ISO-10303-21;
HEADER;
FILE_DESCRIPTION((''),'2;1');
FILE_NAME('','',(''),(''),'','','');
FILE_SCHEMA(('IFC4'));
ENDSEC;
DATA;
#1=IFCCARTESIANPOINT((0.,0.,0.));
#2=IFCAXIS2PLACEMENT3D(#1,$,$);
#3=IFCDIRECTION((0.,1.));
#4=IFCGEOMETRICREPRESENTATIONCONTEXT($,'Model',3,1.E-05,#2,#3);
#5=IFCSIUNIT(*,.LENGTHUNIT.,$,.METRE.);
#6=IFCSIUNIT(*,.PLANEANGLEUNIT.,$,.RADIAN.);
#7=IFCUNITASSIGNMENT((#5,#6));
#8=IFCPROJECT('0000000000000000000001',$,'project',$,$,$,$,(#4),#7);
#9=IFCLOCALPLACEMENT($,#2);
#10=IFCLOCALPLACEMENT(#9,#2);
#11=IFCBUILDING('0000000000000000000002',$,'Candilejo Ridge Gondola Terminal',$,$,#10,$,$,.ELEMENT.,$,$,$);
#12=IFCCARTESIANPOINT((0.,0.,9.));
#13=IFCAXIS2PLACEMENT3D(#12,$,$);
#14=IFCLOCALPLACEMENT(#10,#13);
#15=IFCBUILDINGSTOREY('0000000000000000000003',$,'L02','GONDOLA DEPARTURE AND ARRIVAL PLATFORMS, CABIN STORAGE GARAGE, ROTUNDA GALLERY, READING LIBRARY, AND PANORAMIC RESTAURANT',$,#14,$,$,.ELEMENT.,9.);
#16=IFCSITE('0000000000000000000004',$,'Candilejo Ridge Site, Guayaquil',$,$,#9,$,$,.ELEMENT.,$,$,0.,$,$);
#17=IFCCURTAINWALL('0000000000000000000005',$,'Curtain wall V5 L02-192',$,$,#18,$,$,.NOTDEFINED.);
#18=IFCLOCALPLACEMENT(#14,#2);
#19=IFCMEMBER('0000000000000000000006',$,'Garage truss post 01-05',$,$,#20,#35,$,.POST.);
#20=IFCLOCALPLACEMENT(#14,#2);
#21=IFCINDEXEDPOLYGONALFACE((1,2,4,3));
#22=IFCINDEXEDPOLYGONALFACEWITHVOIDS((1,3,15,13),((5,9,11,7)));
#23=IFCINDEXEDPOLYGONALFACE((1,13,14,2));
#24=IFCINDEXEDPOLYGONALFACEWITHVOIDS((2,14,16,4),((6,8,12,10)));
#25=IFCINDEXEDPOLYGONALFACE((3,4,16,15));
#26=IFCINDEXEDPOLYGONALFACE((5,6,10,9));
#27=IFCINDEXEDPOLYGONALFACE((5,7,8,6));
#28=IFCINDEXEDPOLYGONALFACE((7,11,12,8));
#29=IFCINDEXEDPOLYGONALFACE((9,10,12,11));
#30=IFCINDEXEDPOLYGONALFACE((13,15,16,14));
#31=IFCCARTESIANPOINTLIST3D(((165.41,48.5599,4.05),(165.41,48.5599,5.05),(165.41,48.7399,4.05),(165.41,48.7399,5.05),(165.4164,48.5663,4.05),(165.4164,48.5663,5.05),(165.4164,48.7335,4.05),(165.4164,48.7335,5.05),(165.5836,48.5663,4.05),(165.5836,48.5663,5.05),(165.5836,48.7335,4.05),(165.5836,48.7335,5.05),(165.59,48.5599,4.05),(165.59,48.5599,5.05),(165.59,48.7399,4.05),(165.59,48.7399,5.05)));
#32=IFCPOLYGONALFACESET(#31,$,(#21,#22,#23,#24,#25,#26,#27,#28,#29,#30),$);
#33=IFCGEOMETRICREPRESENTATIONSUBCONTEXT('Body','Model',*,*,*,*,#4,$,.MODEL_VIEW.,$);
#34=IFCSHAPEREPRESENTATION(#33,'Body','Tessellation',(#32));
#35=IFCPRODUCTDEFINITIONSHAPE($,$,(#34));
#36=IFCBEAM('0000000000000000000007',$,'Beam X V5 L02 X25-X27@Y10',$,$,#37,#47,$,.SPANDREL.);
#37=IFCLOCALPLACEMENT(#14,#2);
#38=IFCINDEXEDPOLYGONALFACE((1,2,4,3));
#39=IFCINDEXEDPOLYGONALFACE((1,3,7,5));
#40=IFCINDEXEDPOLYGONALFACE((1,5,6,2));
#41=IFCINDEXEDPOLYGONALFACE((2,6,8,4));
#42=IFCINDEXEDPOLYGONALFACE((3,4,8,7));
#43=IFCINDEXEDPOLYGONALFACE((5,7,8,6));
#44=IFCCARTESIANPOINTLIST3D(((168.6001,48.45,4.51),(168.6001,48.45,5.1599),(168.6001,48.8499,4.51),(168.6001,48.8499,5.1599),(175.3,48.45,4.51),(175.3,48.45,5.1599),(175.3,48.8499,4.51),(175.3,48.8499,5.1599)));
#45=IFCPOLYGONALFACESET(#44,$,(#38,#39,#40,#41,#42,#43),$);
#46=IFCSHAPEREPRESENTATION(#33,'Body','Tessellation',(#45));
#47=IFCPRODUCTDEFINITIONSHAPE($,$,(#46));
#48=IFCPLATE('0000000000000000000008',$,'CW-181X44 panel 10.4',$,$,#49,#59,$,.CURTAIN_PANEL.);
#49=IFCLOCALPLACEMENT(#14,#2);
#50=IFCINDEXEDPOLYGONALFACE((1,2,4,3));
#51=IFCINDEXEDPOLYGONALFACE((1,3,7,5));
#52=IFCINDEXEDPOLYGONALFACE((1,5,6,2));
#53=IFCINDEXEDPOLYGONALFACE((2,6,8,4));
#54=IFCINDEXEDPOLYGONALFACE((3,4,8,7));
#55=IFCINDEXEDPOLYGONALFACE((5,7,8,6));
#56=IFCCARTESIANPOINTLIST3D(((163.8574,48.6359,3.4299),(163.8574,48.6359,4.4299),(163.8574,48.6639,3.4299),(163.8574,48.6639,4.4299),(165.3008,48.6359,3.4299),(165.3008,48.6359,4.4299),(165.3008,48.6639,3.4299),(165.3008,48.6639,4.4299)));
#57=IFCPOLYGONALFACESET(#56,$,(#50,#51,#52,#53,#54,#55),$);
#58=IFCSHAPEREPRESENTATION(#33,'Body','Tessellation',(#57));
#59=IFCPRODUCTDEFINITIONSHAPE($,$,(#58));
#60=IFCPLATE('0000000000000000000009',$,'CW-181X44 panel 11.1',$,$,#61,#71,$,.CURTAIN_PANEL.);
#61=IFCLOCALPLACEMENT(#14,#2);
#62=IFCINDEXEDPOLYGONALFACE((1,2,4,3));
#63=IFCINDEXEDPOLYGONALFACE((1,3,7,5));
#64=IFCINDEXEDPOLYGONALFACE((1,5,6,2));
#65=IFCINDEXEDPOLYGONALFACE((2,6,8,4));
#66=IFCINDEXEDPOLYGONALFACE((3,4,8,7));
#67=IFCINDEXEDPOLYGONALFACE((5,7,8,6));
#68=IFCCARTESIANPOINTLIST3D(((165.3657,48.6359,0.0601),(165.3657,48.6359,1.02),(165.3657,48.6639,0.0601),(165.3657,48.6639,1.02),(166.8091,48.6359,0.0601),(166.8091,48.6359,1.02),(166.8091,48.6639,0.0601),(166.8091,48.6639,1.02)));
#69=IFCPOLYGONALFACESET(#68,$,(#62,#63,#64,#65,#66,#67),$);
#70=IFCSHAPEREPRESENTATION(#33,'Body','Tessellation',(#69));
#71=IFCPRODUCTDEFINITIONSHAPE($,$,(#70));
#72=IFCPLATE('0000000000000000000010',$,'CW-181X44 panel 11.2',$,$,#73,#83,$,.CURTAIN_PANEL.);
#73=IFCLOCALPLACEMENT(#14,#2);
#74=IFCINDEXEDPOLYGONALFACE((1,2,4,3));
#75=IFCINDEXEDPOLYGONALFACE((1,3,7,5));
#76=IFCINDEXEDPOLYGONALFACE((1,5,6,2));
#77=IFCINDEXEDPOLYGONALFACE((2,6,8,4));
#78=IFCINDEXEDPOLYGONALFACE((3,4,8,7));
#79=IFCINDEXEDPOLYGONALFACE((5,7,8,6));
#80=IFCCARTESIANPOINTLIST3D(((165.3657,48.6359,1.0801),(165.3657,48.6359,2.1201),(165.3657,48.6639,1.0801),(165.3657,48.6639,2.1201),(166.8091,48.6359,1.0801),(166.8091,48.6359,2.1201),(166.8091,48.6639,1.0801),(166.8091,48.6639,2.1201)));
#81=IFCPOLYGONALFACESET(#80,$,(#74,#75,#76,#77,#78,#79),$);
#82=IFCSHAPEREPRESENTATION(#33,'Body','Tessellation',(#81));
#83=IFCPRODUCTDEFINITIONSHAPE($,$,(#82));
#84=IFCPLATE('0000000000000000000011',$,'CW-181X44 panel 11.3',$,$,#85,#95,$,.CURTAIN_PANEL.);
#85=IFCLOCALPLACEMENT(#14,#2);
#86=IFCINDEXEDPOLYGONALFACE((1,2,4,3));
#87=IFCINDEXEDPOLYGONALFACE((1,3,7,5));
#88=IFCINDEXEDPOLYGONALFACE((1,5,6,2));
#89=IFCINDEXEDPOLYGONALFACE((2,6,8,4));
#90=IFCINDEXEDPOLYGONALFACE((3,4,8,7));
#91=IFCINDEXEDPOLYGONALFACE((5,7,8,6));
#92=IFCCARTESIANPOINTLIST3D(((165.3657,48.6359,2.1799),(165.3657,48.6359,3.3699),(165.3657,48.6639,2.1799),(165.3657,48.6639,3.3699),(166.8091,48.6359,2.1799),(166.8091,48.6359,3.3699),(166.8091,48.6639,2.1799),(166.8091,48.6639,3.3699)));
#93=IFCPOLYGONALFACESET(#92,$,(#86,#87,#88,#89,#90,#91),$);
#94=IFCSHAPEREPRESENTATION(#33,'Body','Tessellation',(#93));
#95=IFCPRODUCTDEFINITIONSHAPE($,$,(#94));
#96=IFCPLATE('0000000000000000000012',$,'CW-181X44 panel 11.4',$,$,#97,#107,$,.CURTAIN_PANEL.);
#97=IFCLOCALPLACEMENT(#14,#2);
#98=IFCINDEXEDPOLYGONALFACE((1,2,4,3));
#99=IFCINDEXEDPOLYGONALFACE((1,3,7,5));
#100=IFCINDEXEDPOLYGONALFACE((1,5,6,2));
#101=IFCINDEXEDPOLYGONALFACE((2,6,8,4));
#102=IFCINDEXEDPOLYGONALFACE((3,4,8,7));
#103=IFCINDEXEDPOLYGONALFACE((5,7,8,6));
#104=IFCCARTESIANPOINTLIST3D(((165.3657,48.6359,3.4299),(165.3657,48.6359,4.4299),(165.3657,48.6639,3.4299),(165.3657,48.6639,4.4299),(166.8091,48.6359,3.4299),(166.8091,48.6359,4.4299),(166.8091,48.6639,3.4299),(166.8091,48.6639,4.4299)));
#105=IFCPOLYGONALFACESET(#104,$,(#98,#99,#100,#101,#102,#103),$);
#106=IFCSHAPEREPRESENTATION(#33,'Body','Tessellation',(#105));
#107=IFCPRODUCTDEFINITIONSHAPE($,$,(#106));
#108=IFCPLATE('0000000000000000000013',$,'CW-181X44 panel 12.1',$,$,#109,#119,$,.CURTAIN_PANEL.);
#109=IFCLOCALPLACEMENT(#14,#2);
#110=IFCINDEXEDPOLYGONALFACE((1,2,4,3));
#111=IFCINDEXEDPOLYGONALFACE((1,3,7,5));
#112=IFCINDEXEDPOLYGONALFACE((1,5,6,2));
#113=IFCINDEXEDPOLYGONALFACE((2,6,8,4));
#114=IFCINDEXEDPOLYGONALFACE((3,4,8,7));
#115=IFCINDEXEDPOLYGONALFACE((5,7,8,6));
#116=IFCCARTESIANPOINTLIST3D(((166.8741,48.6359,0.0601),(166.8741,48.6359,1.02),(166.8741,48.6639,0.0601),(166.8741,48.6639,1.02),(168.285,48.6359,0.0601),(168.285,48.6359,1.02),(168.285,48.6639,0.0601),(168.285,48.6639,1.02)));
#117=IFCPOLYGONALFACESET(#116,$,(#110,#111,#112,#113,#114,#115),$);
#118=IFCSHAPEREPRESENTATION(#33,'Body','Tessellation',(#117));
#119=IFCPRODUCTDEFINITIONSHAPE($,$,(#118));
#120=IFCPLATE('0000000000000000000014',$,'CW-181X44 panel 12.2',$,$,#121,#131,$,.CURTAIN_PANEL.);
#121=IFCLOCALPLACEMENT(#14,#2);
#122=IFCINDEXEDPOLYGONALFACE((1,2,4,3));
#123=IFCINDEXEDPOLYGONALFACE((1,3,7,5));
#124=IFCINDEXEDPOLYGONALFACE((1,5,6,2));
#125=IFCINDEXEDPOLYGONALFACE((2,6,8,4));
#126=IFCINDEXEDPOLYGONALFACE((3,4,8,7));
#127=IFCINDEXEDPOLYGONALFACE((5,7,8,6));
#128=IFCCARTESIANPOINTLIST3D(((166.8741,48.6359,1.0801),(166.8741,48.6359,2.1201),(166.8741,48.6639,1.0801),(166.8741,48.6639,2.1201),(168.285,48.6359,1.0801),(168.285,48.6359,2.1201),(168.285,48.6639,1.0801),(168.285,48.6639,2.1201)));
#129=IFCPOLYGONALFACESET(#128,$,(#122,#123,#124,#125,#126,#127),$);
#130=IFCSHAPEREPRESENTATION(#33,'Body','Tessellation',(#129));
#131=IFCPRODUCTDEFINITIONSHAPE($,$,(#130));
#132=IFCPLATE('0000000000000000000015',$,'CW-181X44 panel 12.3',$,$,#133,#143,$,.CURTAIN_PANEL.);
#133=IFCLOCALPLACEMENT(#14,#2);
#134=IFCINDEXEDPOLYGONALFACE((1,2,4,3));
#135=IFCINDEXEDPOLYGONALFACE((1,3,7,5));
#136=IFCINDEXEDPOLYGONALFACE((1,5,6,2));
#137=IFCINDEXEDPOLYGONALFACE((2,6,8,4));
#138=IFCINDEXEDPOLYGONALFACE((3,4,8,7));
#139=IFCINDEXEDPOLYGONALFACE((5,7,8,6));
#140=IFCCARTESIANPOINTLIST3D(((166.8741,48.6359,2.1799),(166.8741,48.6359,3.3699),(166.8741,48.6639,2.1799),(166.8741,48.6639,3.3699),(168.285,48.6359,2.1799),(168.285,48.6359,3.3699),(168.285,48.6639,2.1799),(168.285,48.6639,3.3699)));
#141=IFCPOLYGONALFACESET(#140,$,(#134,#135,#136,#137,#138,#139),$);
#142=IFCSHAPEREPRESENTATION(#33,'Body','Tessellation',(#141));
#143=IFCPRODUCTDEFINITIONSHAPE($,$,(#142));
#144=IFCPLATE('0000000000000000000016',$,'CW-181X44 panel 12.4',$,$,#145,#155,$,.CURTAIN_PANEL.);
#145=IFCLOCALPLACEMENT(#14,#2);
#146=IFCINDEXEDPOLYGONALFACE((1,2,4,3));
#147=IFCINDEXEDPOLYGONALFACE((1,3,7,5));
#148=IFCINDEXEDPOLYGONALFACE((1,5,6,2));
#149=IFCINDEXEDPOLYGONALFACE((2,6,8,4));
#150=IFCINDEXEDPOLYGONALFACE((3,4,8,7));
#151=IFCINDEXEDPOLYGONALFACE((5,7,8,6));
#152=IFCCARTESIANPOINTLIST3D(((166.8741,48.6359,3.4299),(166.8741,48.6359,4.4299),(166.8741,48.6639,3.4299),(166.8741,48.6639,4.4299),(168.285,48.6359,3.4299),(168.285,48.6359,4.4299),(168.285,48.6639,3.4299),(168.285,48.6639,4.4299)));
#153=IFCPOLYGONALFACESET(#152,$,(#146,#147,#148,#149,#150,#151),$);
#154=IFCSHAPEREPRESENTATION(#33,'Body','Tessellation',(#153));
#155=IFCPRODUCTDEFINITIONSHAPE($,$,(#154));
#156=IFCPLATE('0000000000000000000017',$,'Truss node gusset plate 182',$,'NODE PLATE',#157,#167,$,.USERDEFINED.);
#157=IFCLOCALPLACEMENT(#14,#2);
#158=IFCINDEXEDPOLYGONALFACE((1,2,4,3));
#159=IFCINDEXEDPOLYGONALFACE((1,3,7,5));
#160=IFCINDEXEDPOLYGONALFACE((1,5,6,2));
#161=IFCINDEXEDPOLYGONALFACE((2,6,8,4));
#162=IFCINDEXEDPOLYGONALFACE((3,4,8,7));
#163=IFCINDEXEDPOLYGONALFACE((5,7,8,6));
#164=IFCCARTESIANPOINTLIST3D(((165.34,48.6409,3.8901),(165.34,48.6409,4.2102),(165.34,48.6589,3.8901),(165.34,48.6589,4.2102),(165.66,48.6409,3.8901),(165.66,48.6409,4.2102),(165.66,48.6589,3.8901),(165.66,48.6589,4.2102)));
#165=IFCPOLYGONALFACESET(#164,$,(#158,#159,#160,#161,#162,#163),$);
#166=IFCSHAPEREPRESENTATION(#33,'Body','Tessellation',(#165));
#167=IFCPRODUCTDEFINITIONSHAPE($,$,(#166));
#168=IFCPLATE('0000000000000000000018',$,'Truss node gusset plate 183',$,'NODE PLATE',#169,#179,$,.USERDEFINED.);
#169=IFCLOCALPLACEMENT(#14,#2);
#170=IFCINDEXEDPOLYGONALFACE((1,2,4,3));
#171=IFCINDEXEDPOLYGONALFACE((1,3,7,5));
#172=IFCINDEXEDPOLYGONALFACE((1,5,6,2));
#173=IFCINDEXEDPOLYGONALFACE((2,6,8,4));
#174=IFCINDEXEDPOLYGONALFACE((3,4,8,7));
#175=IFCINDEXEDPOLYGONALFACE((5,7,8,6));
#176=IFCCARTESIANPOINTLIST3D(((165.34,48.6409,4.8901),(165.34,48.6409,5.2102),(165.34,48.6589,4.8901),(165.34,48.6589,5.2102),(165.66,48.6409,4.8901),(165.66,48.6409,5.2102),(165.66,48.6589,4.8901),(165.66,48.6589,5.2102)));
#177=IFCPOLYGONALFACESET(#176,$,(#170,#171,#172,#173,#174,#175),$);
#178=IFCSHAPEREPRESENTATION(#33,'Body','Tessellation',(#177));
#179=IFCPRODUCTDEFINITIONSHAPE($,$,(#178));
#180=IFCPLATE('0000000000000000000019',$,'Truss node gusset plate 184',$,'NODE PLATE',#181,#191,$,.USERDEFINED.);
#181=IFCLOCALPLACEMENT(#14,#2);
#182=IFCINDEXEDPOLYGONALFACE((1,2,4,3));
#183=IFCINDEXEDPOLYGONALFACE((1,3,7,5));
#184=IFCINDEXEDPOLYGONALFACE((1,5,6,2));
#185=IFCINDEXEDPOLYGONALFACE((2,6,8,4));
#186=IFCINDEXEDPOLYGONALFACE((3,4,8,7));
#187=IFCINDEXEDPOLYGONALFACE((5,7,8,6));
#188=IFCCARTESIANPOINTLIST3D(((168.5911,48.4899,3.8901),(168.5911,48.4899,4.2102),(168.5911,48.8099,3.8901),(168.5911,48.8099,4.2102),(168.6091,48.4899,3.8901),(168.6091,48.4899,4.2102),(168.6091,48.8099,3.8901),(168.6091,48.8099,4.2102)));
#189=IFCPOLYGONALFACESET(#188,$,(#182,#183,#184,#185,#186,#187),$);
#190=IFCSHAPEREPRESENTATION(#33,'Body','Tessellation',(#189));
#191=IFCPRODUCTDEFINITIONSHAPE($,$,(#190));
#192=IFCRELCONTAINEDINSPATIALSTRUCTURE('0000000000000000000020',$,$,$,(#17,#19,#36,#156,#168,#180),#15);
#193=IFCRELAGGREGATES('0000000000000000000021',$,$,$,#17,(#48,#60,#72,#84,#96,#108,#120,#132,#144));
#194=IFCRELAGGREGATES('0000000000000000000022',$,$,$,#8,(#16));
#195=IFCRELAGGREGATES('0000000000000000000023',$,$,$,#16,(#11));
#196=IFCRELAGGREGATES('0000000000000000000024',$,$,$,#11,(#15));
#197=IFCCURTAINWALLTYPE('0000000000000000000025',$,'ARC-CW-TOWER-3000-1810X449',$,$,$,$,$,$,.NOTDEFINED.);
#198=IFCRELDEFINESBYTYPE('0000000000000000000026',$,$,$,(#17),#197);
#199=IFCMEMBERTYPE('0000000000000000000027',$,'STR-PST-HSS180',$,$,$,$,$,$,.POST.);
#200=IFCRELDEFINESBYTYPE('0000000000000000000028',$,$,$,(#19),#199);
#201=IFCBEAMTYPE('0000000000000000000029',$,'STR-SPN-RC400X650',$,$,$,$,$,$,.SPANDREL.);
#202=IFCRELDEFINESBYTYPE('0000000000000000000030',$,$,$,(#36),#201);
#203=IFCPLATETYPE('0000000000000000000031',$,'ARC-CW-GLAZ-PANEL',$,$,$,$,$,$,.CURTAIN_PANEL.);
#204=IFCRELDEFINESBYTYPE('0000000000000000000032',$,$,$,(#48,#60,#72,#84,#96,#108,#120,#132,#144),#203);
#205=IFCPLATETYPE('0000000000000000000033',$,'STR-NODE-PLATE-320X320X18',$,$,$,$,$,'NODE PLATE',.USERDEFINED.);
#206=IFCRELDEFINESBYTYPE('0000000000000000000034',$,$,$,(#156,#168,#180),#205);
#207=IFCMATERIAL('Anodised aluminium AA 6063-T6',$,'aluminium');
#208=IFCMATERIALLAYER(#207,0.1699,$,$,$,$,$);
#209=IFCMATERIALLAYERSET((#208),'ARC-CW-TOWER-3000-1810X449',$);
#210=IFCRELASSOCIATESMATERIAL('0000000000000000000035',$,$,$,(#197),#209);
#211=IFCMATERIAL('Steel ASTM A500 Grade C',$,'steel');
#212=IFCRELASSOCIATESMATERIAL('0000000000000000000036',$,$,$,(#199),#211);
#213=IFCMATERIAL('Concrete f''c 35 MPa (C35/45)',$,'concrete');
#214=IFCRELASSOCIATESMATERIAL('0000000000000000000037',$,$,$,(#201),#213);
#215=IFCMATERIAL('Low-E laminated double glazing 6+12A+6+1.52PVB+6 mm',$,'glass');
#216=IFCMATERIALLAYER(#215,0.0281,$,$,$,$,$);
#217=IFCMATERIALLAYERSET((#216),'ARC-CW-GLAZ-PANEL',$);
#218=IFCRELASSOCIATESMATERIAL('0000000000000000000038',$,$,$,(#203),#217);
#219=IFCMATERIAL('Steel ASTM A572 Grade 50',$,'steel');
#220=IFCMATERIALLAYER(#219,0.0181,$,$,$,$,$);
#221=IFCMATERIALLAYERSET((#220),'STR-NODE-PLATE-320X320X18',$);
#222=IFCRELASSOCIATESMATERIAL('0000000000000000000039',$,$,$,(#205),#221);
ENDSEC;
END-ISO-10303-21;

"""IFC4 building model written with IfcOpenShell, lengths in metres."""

from ifc_helpers import new_model, si_unit, direction, frame, origin, origin_2d, place, context, subcontext, project, spatial, rectangle, hollow_rectangle, extrude, material, layer, layer_set, material_profile, profile_set, type_object, element, aggregate, save


model = new_model("IFC4")

# Units and contexts
model_context = context("Model", 3, precision=1e-05, world=origin(), true_north=direction((0.0, 1.0)))
body_context = subcontext(model_context, "Body", "Model", "MODEL_VIEW")
ifc_project = project(units=[si_unit("LENGTHUNIT", "METRE"), si_unit("PLANEANGLEUNIT", "RADIAN")], contexts=[model_context])

# Site, building, storey
site_placement = place(None, origin())
site = spatial("IfcSite", under=ifc_project, at=site_placement, Name="Candilejo Ridge Site, Guayaquil", CompositionType="ELEMENT", RefElevation=0.0)
building_placement = place(site_placement, origin())
building = spatial("IfcBuilding", under=site, at=building_placement, Name="Candilejo Ridge Gondola Terminal", CompositionType="ELEMENT")
storey_placement = place(building_placement, frame((0.0, 0.0, 9.0)))
storey = spatial("IfcBuildingStorey", under=building, at=storey_placement, Name="L02", Description="GONDOLA DEPARTURE AND ARRIVAL PLATFORMS, CABIN STORAGE GARAGE, ROTUNDA GALLERY, READING LIBRARY, AND PANORAMIC RESTAURANT", CompositionType="ELEMENT", Elevation=9.0)

# Curtain wall
ifc_material_1 = material(Name="Anodised aluminium AA 6063-T6", Category="aluminium")
ifc_layer_1 = layer(ifc_material_1, 0.1699)
ifc_layer_set_1 = layer_set([ifc_layer_1], Name="ARC-CW-TOWER-3000-1810X449")
curtain_wall_type_1 = type_object("IfcCurtainWallType", Name="ARC-CW-TOWER-3000-1810X449", PredefinedType="NOTDEFINED", material=ifc_layer_set_1)
curtain_wall_1_placement = place(storey_placement, origin())
curtain_wall_1 = element("IfcCurtainWall", 1, at=curtain_wall_1_placement, inside=storey, type_object=curtain_wall_type_1, Name="Curtain wall V5 L02-192", PredefinedType="NOTDEFINED")

# Member
ifc_material_2 = material(Name="Steel ASTM A500 Grade C", Category="steel")
ifc_material_profile_1 = material_profile(ifc_material_2, hollow_rectangle(XDim=0.1799, YDim=0.1799, WallThickness=0.0063, at=origin_2d()))
ifc_profile_set_1 = profile_set([ifc_material_profile_1], Name="Steel ASTM A500 Grade C")
member_type_1 = type_object("IfcMemberType", Name="STR-PST-HSS180", PredefinedType="POST", material=ifc_profile_set_1)
member_1_placement = place(storey_placement, frame((165.5, 48.6499, 4.05), z_axis=(0.0, 0.0, 1.0), x_axis=(1.0, 0.0, 0.0)))
element("IfcMember", 2, at=member_1_placement, inside=storey, type_object=member_type_1, Name="Garage truss post 01-05", PredefinedType="POST", context=body_context, shape_type="SweptSolid", body=[
    extrude(hollow_rectangle(XDim=0.1799, YDim=0.1799, WallThickness=0.0063, at=origin_2d()), origin(), (0.0, 0.0, 1.0), 1.0),
])

# Beam
ifc_material_3 = material(Name="Concrete f'c 35 MPa (C35/45)", Category="concrete")
ifc_material_profile_2 = material_profile(ifc_material_3, rectangle(XDim=0.3999, YDim=0.6499, at=origin_2d()))
ifc_profile_set_2 = profile_set([ifc_material_profile_2], Name="Concrete f'c 35 MPa (C35/45)")
beam_type_1 = type_object("IfcBeamType", Name="STR-SPN-RC400X650", PredefinedType="SPANDREL", material=ifc_profile_set_2)
beam_1_placement = place(storey_placement, frame((168.6001, 48.6499, 4.835), z_axis=(1.0, 0.0, 0.0), x_axis=(0.0, 1.0, 0.0)))
element("IfcBeam", 3, at=beam_1_placement, inside=storey, type_object=beam_type_1, Name="Beam X V5 L02 X25-X27@Y10", PredefinedType="SPANDREL", context=body_context, shape_type="SweptSolid", body=[
    extrude(rectangle(XDim=0.3999, YDim=0.6499, at=origin_2d()), origin(), (0.0, 0.0, 1.0), 6.7),
])

# Plates
ifc_material_4 = material(Name="Low-E laminated double glazing 6+12A+6+1.52PVB+6 mm", Category="glass")
ifc_layer_2 = layer(ifc_material_4, 0.0281)
ifc_layer_set_2 = layer_set([ifc_layer_2], Name="ARC-CW-GLAZ-PANEL")
plate_type_1 = type_object("IfcPlateType", Name="ARC-CW-GLAZ-PANEL", PredefinedType="CURTAIN_PANEL", material=ifc_layer_set_2)
plate_1_placement = place(storey_placement, frame((164.5791, 48.6499, 3.4299), z_axis=(0.0, 0.0, 1.0), x_axis=(1.0, 0.0, 0.0)))
plate_1 = element("IfcPlate", 4, at=plate_1_placement, type_object=plate_type_1, Name="CW-181X44 panel 10.4", PredefinedType="CURTAIN_PANEL", context=body_context, shape_type="SweptSolid", body=[
    extrude(rectangle(XDim=1.4434, YDim=0.0281, at=origin_2d()), origin(), (0.0, 0.0, 1.0), 1.0),
])
plate_2_placement = place(storey_placement, frame((166.0874, 48.6499, 0.0601), z_axis=(0.0, 0.0, 1.0), x_axis=(1.0, 0.0, 0.0)))
plate_2 = element("IfcPlate", 5, at=plate_2_placement, type_object=plate_type_1, Name="CW-181X44 panel 11.1", PredefinedType="CURTAIN_PANEL", context=body_context, shape_type="SweptSolid", body=[
    extrude(rectangle(XDim=1.4434, YDim=0.0281, at=origin_2d()), origin(), (0.0, 0.0, 1.0), 0.96),
])
plate_3_placement = place(storey_placement, frame((166.0874, 48.6499, 1.0801), z_axis=(0.0, 0.0, 1.0), x_axis=(1.0, 0.0, 0.0)))
plate_3 = element("IfcPlate", 6, at=plate_3_placement, type_object=plate_type_1, Name="CW-181X44 panel 11.2", PredefinedType="CURTAIN_PANEL", context=body_context, shape_type="SweptSolid", body=[
    extrude(rectangle(XDim=1.4434, YDim=0.0281, at=origin_2d()), origin(), (0.0, 0.0, 1.0), 1.04),
])
plate_4_placement = place(storey_placement, frame((166.0874, 48.6499, 2.1799), z_axis=(0.0, 0.0, 1.0), x_axis=(1.0, 0.0, 0.0)))
plate_4 = element("IfcPlate", 7, at=plate_4_placement, type_object=plate_type_1, Name="CW-181X44 panel 11.3", PredefinedType="CURTAIN_PANEL", context=body_context, shape_type="SweptSolid", body=[
    extrude(rectangle(XDim=1.4434, YDim=0.0281, at=origin_2d()), origin(), (0.0, 0.0, 1.0), 1.1899),
])
plate_5_placement = place(storey_placement, frame((166.0874, 48.6499, 3.4299), z_axis=(0.0, 0.0, 1.0), x_axis=(1.0, 0.0, 0.0)))
plate_5 = element("IfcPlate", 8, at=plate_5_placement, type_object=plate_type_1, Name="CW-181X44 panel 11.4", PredefinedType="CURTAIN_PANEL", context=body_context, shape_type="SweptSolid", body=[
    extrude(rectangle(XDim=1.4434, YDim=0.0281, at=origin_2d()), origin(), (0.0, 0.0, 1.0), 1.0),
])
plate_6_placement = place(storey_placement, frame((167.5796, 48.6499, 0.0601), z_axis=(0.0, 0.0, 1.0), x_axis=(1.0, 0.0, 0.0)))
plate_6 = element("IfcPlate", 9, at=plate_6_placement, type_object=plate_type_1, Name="CW-181X44 panel 12.1", PredefinedType="CURTAIN_PANEL", context=body_context, shape_type="SweptSolid", body=[
    extrude(rectangle(XDim=1.4109, YDim=0.0281, at=origin_2d()), origin(), (0.0, 0.0, 1.0), 0.96),
])
plate_7_placement = place(storey_placement, frame((167.5796, 48.6499, 1.0801), z_axis=(0.0, 0.0, 1.0), x_axis=(1.0, 0.0, 0.0)))
plate_7 = element("IfcPlate", 10, at=plate_7_placement, type_object=plate_type_1, Name="CW-181X44 panel 12.2", PredefinedType="CURTAIN_PANEL", context=body_context, shape_type="SweptSolid", body=[
    extrude(rectangle(XDim=1.4109, YDim=0.0281, at=origin_2d()), origin(), (0.0, 0.0, 1.0), 1.04),
])
plate_8_placement = place(storey_placement, frame((167.5796, 48.6499, 2.1799), z_axis=(0.0, 0.0, 1.0), x_axis=(1.0, 0.0, 0.0)))
plate_8 = element("IfcPlate", 11, at=plate_8_placement, type_object=plate_type_1, Name="CW-181X44 panel 12.3", PredefinedType="CURTAIN_PANEL", context=body_context, shape_type="SweptSolid", body=[
    extrude(rectangle(XDim=1.4109, YDim=0.0281, at=origin_2d()), origin(), (0.0, 0.0, 1.0), 1.1899),
])
plate_9_placement = place(storey_placement, frame((167.5796, 48.6499, 3.4299), z_axis=(0.0, 0.0, 1.0), x_axis=(1.0, 0.0, 0.0)))
plate_9 = element("IfcPlate", 12, at=plate_9_placement, type_object=plate_type_1, Name="CW-181X44 panel 12.4", PredefinedType="CURTAIN_PANEL", context=body_context, shape_type="SweptSolid", body=[
    extrude(rectangle(XDim=1.4109, YDim=0.0281, at=origin_2d()), origin(), (0.0, 0.0, 1.0), 1.0),
])
aggregate(curtain_wall_1, [plate_1, plate_2, plate_3, plate_4, plate_5, plate_6, plate_7, plate_8, plate_9])

# Plates
ifc_material_5 = material(Name="Steel ASTM A572 Grade 50", Category="steel")
ifc_layer_3 = layer(ifc_material_5, 0.0181)
ifc_layer_set_3 = layer_set([ifc_layer_3], Name="STR-NODE-PLATE-320X320X18")
plate_type_2 = type_object("IfcPlateType", Name="STR-NODE-PLATE-320X320X18", ElementType="NODE PLATE", PredefinedType="USERDEFINED", material=ifc_layer_set_3)
for number, where, z_axis, x_axis, name in (
    (13, (165.5, 48.6499, 3.8901), (0.0, 0.0, 1.0), (1.0, 0.0, 0.0), "Truss node gusset plate 182"),
    (14, (165.5, 48.6499, 4.8901), (0.0, 0.0, 1.0), (1.0, 0.0, 0.0), "Truss node gusset plate 183"),
):
    element("IfcPlate", number, at=place(storey_placement, frame(where, z_axis=z_axis, x_axis=x_axis)), inside=storey, type_object=plate_type_2, Name=name, ObjectType="NODE PLATE", PredefinedType="USERDEFINED", context=body_context, shape_type="SweptSolid", body=[
        extrude(rectangle(XDim=0.3201, YDim=0.0181, at=origin_2d()), origin(), (0.0, 0.0, 1.0), 0.3201),
    ])
for number, where, z_axis, x_axis, name in (
    (15, (168.6001, 48.6499, 3.8901), (0.0, 0.0, 1.0), (1.0, 0.0, 0.0), "Truss node gusset plate 184"),
):
    element("IfcPlate", number, at=place(storey_placement, frame(where, z_axis=z_axis, x_axis=x_axis)), inside=storey, type_object=plate_type_2, Name=name, ObjectType="NODE PLATE", PredefinedType="USERDEFINED", context=body_context, shape_type="SweptSolid", body=[
        extrude(rectangle(XDim=0.0181, YDim=0.3201, at=origin_2d()), origin(), (0.0, 0.0, 1.0), 0.3201),
    ])

save(model, "model.ifc")
